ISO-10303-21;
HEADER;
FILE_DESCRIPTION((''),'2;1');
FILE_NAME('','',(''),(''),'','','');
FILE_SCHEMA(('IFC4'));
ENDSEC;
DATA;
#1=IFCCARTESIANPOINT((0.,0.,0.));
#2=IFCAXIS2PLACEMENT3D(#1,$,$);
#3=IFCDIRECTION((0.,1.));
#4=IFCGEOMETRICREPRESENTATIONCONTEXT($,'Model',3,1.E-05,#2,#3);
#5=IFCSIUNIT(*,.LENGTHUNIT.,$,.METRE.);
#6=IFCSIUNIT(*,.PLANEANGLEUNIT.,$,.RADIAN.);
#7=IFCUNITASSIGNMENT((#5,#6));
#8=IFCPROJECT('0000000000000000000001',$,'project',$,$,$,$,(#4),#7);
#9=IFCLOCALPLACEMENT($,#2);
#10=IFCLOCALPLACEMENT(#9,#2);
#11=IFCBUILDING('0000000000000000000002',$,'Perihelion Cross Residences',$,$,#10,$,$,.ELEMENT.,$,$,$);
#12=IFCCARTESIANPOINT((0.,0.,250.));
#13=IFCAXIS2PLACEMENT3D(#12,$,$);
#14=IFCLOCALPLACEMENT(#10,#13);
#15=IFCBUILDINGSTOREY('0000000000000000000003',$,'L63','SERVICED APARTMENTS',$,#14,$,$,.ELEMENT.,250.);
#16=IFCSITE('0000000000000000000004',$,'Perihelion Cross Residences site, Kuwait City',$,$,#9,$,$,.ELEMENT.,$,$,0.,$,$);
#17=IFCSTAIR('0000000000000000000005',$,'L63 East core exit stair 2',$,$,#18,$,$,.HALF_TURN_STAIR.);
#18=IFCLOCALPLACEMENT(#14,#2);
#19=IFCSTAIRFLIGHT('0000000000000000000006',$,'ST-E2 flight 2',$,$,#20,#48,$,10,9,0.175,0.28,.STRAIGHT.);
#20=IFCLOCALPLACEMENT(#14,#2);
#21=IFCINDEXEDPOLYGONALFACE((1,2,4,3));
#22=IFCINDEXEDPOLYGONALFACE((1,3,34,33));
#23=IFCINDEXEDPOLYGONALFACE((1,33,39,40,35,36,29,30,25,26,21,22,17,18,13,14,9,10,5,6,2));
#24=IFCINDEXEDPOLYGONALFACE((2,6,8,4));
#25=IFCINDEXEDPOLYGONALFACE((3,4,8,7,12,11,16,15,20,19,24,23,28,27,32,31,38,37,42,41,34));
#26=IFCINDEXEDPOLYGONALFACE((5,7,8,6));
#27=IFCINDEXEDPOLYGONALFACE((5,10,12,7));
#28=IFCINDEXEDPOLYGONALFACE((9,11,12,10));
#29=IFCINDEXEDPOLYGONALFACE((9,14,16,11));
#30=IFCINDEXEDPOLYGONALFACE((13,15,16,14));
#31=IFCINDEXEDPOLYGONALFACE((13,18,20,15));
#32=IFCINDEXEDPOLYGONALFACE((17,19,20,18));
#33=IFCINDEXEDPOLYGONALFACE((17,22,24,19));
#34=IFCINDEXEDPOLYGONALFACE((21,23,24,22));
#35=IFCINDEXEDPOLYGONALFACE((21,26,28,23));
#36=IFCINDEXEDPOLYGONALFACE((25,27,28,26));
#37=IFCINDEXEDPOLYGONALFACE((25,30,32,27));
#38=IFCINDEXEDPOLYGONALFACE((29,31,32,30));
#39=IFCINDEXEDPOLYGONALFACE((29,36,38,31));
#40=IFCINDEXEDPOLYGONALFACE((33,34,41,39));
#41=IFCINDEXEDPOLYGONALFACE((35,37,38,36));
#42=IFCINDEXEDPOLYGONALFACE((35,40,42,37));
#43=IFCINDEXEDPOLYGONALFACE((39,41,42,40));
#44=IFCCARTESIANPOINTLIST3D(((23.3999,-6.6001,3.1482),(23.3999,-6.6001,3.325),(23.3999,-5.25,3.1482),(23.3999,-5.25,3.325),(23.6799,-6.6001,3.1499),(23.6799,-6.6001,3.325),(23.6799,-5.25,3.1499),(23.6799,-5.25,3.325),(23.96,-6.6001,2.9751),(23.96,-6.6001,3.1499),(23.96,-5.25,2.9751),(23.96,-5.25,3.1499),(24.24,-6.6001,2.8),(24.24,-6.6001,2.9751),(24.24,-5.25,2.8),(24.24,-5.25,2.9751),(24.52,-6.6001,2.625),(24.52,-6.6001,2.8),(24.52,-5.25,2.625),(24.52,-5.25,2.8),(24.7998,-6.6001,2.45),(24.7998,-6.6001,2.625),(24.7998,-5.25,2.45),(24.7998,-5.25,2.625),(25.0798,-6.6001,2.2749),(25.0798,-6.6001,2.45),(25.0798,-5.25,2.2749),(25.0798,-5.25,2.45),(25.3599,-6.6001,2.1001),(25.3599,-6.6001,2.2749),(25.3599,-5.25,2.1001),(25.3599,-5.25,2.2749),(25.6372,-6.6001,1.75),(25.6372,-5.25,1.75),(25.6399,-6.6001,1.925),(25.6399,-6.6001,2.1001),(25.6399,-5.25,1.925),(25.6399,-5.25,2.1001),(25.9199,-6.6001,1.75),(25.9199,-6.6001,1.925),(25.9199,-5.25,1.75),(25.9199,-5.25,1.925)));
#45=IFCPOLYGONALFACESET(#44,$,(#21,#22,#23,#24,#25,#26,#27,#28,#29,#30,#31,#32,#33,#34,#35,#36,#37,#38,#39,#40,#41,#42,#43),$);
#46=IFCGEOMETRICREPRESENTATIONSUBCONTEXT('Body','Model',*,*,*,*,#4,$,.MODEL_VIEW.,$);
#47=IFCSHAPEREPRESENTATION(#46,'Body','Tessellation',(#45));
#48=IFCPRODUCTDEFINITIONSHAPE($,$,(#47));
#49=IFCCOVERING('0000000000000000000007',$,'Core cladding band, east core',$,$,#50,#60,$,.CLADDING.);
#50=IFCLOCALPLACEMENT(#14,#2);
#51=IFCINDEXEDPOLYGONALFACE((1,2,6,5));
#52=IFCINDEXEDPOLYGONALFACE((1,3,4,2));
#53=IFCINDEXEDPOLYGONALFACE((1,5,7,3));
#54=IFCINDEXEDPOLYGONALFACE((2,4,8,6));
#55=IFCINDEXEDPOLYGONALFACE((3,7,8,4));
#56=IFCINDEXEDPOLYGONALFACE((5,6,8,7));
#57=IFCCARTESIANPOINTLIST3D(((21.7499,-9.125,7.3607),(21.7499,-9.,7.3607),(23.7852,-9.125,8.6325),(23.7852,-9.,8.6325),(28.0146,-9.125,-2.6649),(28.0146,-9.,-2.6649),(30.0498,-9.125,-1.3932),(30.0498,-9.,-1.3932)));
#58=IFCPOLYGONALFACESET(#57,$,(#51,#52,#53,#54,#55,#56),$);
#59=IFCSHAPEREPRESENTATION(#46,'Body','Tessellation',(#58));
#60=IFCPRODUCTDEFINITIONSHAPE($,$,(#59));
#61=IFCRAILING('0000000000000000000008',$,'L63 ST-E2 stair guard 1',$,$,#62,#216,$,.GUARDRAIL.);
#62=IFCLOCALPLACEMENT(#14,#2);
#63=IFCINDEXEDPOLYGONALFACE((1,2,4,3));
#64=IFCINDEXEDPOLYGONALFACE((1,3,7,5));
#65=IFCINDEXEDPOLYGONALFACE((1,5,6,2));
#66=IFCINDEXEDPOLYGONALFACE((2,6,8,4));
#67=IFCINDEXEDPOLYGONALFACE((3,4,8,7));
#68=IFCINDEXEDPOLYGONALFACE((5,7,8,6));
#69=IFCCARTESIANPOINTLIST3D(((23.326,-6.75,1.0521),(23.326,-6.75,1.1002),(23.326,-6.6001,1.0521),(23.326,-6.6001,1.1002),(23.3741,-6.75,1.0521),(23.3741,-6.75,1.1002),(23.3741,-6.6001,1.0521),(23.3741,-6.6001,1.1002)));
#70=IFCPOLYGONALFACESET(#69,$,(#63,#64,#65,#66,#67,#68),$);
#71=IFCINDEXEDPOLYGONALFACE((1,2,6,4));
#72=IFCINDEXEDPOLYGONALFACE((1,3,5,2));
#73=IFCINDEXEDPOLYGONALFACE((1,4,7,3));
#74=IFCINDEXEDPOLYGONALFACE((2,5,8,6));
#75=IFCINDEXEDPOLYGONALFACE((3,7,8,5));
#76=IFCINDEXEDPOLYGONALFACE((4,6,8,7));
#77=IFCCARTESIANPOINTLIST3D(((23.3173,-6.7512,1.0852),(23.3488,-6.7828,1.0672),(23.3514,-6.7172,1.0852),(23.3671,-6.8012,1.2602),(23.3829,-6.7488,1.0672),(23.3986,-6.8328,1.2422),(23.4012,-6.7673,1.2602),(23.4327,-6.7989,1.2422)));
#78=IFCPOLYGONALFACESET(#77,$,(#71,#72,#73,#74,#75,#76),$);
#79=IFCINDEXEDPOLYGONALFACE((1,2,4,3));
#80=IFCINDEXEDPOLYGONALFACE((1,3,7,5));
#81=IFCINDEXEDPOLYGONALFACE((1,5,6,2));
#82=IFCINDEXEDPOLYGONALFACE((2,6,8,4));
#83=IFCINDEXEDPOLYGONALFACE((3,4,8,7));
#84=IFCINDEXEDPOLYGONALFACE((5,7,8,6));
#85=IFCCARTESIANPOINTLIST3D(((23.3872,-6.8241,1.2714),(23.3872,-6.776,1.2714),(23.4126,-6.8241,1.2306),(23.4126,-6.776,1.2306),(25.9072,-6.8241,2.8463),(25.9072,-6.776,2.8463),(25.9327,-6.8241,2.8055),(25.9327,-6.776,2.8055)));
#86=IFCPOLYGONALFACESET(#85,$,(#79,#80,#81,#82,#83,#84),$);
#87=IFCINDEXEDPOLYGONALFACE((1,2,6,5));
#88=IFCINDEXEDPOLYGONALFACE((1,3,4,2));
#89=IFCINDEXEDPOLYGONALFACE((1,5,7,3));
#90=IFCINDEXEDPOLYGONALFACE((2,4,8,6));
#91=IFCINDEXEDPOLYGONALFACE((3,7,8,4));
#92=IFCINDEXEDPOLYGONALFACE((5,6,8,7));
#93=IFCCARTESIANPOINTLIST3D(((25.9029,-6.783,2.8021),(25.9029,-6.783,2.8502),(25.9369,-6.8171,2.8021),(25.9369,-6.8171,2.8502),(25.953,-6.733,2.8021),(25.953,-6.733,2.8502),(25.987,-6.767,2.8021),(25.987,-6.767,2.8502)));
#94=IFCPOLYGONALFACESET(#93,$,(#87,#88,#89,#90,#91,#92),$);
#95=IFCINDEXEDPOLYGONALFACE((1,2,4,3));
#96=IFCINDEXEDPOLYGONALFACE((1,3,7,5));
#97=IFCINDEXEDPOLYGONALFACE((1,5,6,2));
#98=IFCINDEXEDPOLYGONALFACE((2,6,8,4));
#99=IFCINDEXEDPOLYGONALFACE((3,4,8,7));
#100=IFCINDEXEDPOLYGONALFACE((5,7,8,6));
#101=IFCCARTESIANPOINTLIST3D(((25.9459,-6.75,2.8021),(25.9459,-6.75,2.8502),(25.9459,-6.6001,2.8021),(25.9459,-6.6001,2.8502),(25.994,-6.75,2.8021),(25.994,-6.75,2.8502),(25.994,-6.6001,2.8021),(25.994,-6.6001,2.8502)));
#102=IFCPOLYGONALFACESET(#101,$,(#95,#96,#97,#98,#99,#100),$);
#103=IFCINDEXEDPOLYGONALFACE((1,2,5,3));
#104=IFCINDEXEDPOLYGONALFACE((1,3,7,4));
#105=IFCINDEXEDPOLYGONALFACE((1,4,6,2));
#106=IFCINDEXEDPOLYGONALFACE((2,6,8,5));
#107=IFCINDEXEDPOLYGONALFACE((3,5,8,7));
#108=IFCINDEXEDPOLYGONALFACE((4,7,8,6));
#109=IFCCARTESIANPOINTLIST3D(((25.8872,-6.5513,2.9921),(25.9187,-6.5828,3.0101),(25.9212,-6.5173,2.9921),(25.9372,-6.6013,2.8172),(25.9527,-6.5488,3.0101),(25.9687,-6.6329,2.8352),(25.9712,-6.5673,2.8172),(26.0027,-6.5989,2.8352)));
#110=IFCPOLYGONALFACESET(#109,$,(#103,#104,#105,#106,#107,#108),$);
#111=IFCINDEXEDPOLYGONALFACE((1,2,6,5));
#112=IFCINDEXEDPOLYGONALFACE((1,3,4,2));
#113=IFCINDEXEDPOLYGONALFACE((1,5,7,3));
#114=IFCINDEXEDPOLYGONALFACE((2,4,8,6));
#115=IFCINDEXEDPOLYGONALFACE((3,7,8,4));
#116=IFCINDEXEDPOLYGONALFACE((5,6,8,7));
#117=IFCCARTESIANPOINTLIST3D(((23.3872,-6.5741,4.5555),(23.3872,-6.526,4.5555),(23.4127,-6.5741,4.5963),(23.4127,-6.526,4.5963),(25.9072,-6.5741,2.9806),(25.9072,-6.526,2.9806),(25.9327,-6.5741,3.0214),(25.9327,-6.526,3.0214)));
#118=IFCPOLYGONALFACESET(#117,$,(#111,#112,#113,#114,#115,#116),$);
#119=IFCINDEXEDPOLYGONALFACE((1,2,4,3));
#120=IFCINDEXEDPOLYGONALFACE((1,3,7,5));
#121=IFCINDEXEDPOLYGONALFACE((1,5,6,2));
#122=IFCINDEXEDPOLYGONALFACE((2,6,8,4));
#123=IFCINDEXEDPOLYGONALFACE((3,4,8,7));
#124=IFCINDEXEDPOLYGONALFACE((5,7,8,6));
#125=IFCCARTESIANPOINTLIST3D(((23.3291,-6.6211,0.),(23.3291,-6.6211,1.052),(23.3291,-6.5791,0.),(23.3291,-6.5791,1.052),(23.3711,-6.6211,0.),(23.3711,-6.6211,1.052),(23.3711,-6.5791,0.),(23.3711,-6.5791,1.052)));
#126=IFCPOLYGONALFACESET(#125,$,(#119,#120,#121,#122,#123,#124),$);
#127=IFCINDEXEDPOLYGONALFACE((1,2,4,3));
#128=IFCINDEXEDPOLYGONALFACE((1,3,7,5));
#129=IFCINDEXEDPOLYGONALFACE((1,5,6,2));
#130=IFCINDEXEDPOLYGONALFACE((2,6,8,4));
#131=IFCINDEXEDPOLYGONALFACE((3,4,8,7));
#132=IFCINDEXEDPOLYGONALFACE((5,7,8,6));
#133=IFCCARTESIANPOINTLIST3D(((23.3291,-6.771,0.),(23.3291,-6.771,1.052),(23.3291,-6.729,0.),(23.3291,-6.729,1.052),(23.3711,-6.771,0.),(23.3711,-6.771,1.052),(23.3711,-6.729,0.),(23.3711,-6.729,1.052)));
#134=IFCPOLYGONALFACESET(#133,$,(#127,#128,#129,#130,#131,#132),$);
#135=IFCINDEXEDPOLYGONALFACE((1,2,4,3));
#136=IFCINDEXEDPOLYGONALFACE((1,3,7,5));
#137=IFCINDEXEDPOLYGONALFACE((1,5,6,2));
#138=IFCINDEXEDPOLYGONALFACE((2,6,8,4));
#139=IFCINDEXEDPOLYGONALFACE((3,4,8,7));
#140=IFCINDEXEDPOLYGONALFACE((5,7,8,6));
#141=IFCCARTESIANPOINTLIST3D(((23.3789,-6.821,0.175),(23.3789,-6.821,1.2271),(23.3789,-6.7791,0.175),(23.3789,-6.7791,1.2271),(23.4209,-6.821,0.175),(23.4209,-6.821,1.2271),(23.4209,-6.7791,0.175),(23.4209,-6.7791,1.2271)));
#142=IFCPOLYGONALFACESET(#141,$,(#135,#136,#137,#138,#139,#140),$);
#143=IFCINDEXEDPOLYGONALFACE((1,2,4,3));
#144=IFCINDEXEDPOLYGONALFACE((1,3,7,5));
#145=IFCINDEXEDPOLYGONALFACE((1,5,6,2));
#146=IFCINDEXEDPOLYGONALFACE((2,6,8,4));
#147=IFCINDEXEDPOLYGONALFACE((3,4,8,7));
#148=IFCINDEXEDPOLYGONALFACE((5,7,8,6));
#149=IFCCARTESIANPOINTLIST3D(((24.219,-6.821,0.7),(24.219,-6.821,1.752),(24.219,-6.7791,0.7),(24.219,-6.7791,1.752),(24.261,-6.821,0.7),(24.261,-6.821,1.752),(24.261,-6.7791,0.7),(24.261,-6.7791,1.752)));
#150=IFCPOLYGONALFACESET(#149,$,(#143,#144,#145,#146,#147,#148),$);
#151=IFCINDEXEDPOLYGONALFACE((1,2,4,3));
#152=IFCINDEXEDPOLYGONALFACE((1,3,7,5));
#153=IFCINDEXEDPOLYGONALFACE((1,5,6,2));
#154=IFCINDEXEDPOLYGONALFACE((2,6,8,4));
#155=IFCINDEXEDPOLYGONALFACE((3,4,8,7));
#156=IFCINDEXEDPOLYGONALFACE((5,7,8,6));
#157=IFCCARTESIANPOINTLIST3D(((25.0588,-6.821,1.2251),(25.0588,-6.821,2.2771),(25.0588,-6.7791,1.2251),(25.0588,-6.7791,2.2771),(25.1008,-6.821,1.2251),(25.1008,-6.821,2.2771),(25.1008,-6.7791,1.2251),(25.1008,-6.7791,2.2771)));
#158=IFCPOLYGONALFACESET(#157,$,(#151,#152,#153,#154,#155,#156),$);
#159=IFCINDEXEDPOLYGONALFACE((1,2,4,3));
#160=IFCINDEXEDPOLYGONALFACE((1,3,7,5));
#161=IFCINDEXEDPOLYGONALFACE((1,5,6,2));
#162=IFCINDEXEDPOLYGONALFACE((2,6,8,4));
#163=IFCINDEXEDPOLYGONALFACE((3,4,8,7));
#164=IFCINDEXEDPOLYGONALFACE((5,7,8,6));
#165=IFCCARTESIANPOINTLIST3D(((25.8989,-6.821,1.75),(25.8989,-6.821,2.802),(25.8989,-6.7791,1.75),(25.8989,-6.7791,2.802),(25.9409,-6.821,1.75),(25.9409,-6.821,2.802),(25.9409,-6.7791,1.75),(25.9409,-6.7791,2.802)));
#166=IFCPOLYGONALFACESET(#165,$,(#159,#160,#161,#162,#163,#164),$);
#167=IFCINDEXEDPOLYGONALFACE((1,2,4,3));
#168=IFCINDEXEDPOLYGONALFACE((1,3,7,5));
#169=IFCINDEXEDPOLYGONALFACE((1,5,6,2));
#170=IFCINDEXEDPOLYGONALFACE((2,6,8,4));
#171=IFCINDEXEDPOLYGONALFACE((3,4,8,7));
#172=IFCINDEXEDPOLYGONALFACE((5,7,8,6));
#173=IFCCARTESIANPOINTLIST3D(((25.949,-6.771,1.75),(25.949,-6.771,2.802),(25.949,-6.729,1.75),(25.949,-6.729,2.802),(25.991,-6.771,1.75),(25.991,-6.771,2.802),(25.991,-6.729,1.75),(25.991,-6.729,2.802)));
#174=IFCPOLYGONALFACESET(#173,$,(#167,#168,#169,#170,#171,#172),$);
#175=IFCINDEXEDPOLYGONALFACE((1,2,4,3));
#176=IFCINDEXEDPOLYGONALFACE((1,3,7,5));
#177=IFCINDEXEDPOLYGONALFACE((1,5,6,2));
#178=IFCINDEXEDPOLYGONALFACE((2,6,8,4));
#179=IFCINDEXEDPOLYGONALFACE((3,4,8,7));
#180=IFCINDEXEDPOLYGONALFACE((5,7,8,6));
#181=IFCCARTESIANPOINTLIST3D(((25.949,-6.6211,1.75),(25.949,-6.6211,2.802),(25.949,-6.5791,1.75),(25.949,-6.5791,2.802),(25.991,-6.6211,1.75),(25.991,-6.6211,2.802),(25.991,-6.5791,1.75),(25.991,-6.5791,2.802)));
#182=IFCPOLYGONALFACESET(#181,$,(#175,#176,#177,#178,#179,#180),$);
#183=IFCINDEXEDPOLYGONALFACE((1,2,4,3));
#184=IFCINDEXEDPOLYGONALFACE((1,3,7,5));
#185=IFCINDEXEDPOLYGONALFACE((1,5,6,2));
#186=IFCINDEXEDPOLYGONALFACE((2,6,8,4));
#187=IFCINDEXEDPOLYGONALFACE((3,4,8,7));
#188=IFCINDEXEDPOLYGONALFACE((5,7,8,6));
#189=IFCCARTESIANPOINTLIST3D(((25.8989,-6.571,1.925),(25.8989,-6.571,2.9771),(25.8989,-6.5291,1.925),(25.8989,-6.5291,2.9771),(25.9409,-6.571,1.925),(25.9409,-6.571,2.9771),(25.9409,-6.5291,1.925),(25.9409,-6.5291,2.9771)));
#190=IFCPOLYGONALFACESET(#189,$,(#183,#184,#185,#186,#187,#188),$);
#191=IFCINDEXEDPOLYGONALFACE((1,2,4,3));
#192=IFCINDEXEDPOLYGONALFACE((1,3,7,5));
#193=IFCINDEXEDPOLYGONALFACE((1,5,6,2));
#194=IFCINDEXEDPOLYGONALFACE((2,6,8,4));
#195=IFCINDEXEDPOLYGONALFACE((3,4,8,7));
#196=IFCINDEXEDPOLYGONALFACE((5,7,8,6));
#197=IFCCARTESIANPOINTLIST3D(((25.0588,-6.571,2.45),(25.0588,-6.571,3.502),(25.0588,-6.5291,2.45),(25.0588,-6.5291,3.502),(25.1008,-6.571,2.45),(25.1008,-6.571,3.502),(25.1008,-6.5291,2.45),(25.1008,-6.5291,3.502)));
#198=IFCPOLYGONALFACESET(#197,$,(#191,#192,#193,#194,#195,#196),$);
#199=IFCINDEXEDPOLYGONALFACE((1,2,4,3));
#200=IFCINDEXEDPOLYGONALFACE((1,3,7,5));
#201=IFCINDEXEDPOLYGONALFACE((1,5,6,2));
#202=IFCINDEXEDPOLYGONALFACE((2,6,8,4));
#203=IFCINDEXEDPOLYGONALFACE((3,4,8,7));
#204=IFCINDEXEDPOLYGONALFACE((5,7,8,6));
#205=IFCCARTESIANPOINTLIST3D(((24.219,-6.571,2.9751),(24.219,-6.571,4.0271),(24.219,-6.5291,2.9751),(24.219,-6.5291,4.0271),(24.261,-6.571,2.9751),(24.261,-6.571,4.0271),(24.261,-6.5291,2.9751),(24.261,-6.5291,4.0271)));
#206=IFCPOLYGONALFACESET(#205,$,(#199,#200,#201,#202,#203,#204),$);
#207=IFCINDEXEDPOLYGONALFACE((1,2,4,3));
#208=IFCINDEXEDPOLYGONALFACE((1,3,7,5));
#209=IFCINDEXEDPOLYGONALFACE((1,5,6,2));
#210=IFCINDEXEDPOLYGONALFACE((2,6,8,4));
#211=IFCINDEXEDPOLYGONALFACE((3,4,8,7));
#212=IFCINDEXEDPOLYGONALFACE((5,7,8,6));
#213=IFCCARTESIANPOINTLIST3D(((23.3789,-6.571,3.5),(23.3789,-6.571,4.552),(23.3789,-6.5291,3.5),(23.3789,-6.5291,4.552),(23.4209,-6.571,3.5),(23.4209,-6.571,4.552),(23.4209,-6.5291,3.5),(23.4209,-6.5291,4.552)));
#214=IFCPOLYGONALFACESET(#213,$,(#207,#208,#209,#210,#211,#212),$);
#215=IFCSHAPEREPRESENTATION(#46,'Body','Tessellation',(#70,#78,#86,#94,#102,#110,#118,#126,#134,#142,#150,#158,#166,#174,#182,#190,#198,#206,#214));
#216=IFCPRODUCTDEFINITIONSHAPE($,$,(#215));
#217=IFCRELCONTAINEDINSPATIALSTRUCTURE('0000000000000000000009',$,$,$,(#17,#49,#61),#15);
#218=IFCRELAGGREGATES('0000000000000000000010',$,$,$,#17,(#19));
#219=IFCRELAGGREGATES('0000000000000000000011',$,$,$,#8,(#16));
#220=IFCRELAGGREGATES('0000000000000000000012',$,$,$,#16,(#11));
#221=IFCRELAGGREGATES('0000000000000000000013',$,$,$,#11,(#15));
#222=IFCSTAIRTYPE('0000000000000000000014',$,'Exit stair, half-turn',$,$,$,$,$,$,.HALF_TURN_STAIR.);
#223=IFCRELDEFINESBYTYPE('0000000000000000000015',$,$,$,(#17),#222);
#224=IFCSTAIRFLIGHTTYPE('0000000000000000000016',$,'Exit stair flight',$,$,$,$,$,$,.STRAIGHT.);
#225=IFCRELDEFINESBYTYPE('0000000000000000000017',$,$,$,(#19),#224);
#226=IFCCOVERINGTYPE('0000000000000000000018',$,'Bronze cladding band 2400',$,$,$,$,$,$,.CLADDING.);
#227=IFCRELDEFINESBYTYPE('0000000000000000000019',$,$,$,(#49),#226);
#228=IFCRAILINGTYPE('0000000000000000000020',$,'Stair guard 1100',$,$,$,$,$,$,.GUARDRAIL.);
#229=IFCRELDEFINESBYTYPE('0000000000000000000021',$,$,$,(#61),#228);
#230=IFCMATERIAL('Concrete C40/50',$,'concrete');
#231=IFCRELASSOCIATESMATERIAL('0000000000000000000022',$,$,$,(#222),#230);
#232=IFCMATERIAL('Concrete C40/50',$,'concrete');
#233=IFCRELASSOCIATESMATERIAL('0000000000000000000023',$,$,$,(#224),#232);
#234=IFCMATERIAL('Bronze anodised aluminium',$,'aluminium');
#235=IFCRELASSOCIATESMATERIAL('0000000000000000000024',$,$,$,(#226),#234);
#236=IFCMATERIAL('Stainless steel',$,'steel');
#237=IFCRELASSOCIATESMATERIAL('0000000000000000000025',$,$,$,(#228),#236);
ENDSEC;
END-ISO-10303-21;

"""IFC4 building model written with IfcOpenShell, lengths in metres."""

from ifc_helpers import new_model, si_unit, direction, frame, origin, origin_2d, place, context, subcontext, project, spatial, polyline, rectangle, outline, extrude, material, material_profile, profile_set, type_object, element, aggregate, save


model = new_model("IFC4")

# Units and contexts
model_context = context("Model", 3, precision=1e-05, world=origin(), true_north=direction((0.0, 1.0)))
body_context = subcontext(model_context, "Body", "Model", "MODEL_VIEW")
ifc_project = project(units=[si_unit("LENGTHUNIT", "METRE"), si_unit("PLANEANGLEUNIT", "RADIAN")], contexts=[model_context])

# Site, building, storey
site_placement = place(None, origin())
site = spatial("IfcSite", under=ifc_project, at=site_placement, Name="Perihelion Cross Residences site, Kuwait City", CompositionType="ELEMENT", RefElevation=0.0)
building_placement = place(site_placement, origin())
building = spatial("IfcBuilding", under=site, at=building_placement, Name="Perihelion Cross Residences", CompositionType="ELEMENT")
storey_placement = place(building_placement, frame((0.0, 0.0, 250.0)))
storey = spatial("IfcBuildingStorey", under=building, at=storey_placement, Name="L63", Description="SERVICED APARTMENTS", CompositionType="ELEMENT", Elevation=250.0)

# Stair, stair flight
ifc_material_1 = material(Name="Concrete C40/50", Category="concrete")
stair_type = type_object("IfcStairType", Name="Exit stair, half-turn", PredefinedType="HALF_TURN_STAIR", material=ifc_material_1)
stair_placement = place(storey_placement, origin())
stair = element("IfcStair", 1, at=stair_placement, inside=storey, type_object=stair_type, Name="L63 East core exit stair 2", PredefinedType="HALF_TURN_STAIR")
ifc_material_2 = material(Name="Concrete C40/50", Category="concrete")
stair_flight_type = type_object("IfcStairFlightType", Name="Exit stair flight", PredefinedType="STRAIGHT", material=ifc_material_2)
stair_flight_1_placement = place(storey_placement, frame((25.9199, -5.925, 1.75), z_axis=(0.0, 0.0, 1.0), x_axis=(-1.0, 0.0, 0.0)))
stair_flight_1 = element("IfcStairFlight", 2, at=stair_flight_1_placement, type_object=stair_flight_type, Name="ST-E2 flight 2", NumberOfRisers=10, NumberOfTreads=9, PredefinedType="STRAIGHT", RiserHeight=0.175, TreadLength=0.28, context=body_context, shape_type="SweptSolid", body=[
    extrude(outline(polyline([(0.0, 0.0), (0.0, 0.175), (0.28, 0.175), (0.28, 0.3501), (0.5601, 0.3501), (0.5601, 0.5249), (0.8401, 0.5249), (0.8401, 0.7), (1.1201, 0.7), (1.1201, 0.875), (1.3999, 0.875), (1.3999, 1.05), (1.6799, 1.05), (1.6799, 1.2251), (1.96, 1.2251), (1.96, 1.3999), (2.24, 1.3999), (2.24, 1.575), (2.52, 1.575), (2.52, 1.75), (2.52, 1.3982), (0.2827, 0.0), (0.0, 0.0)])), frame((0.0, 0.675, 0.0), z_axis=(0.0, -1.0, 0.0), x_axis=(1.0, 0.0, 0.0)), (0.0, 0.0, 1.0), 1.3501),
])
aggregate(stair, [stair_flight_1])

# Covering
ifc_material_3 = material(Name="Bronze anodised aluminium", Category="aluminium")
ifc_material_profile_1 = material_profile(ifc_material_3, rectangle(XDim=0.125, YDim=2.3999, at=origin_2d()), Name="Bronze cladding band 2400")
ifc_profile_set_1 = profile_set([ifc_material_profile_1], Name="Bronze anodised aluminium")
covering_type = type_object("IfcCoveringType", Name="Bronze cladding band 2400", PredefinedType="CLADDING", material=ifc_profile_set_1)
covering_placement = place(storey_placement, frame((29.0322, -9.0625, -2.0291), z_axis=(-0.529915, 0.0, 0.848051), x_axis=(0.0, -1.0, 0.0)))
element("IfcCovering", 3, at=covering_placement, inside=storey, type_object=covering_type, Name="Core cladding band, east core", PredefinedType="CLADDING", context=body_context, shape_type="SweptSolid", body=[
    extrude(rectangle(XDim=0.125, YDim=2.3999, at=origin_2d()), origin(), (0.0, 0.0, 1.0), 11.822),
])

# Railing
ifc_material_4 = material(Name="Stainless steel", Category="steel")
railing_type_1 = type_object("IfcRailingType", Name="Stair guard 1100", PredefinedType="GUARDRAIL", material=ifc_material_4)
railing_1_placement = place(storey_placement, frame((23.3501, -6.6001, 0.0)))
element("IfcRailing", 4, at=railing_1_placement, inside=storey, type_object=railing_type_1, Name="L63 ST-E2 stair guard 1", PredefinedType="GUARDRAIL", context=body_context, shape_type="SweptSolid", body=[
    extrude(rectangle(XDim=0.0481, YDim=0.0481, at=origin_2d()), frame((0.0, 0.0, 1.0762), z_axis=(0.0, -1.0, 0.0), x_axis=(1.0, 0.0, 0.0)), (0.0, 0.0, 1.0), 0.1499),
    extrude(rectangle(XDim=0.0481, YDim=0.0481, at=origin_2d()), frame((0.0, -0.1499, 1.0762), z_axis=(0.263862, -0.265156, 0.927399), x_axis=(0.708834, 0.705376, 0.0)), (0.0, 0.0, 1.0), 0.1887),
    extrude(rectangle(XDim=0.0481, YDim=0.0481, at=origin_2d()), frame((0.0498, -0.2, 1.251), z_axis=(0.848008, 0.0, 0.529984), x_axis=(0.0, 1.0, 0.0)), (0.0, 0.0, 1.0), 2.9717),
    extrude(rectangle(XDim=0.0481, YDim=0.0481, at=origin_2d()), frame((2.5698, -0.2, 2.8262), z_axis=(0.707107, 0.707107, 0.0), x_axis=(-0.707107, 0.707107, 0.0)), (0.0, 0.0, 1.0), 0.0708),
    extrude(rectangle(XDim=0.0481, YDim=0.0481, at=origin_2d()), frame((2.6199, -0.1499, 2.8262), z_axis=(0.0, 1.0, 0.0), x_axis=(-1.0, 0.0, 0.0)), (0.0, 0.0, 1.0), 0.1499),
    extrude(rectangle(XDim=0.0481, YDim=0.0481, at=origin_2d()), frame((2.6199, 0.0, 2.8262), z_axis=(-0.265065, 0.265065, 0.927082), x_axis=(-0.707107, -0.707107, 0.0)), (0.0, 0.0, 1.0), 0.1887),
    extrude(rectangle(XDim=0.0481, YDim=0.0481, at=origin_2d()), frame((2.5698, 0.05, 3.001), z_axis=(-0.848008, 0.0, 0.529984), x_axis=(0.0, -1.0, 0.0)), (0.0, 0.0, 1.0), 2.9717),
    extrude(rectangle(XDim=0.042, YDim=0.042, at=origin_2d()), origin(), (0.0, 0.0, 1.0), 1.052),
    extrude(rectangle(XDim=0.042, YDim=0.042, at=origin_2d()), frame((0.0, -0.1499, 0.0)), (0.0, 0.0, 1.0), 1.052),
    extrude(rectangle(XDim=0.042, YDim=0.042, at=origin_2d()), frame((0.0498, -0.2, 0.175)), (0.0, 0.0, 1.0), 1.052),
    extrude(rectangle(XDim=0.042, YDim=0.042, at=origin_2d()), frame((0.8899, -0.2, 0.7)), (0.0, 0.0, 1.0), 1.052),
    extrude(rectangle(XDim=0.042, YDim=0.042, at=origin_2d()), frame((1.7297, -0.2, 1.2251)), (0.0, 0.0, 1.0), 1.052),
    extrude(rectangle(XDim=0.042, YDim=0.042, at=origin_2d()), frame((2.5698, -0.2, 1.75)), (0.0, 0.0, 1.0), 1.052),
    extrude(rectangle(XDim=0.042, YDim=0.042, at=origin_2d()), frame((2.6199, -0.1499, 1.75)), (0.0, 0.0, 1.0), 1.052),
    extrude(rectangle(XDim=0.042, YDim=0.042, at=origin_2d()), frame((2.6199, 0.0, 1.75)), (0.0, 0.0, 1.0), 1.052),
    extrude(rectangle(XDim=0.042, YDim=0.042, at=origin_2d()), frame((2.5698, 0.05, 1.925)), (0.0, 0.0, 1.0), 1.052),
    extrude(rectangle(XDim=0.042, YDim=0.042, at=origin_2d()), frame((1.7297, 0.05, 2.45)), (0.0, 0.0, 1.0), 1.052),
    extrude(rectangle(XDim=0.042, YDim=0.042, at=origin_2d()), frame((0.8899, 0.05, 2.9751)), (0.0, 0.0, 1.0), 1.052),
    extrude(rectangle(XDim=0.042, YDim=0.042, at=origin_2d()), frame((0.0498, 0.05, 3.5)), (0.0, 0.0, 1.0), 1.052),
])

save(model, "model.ifc")
